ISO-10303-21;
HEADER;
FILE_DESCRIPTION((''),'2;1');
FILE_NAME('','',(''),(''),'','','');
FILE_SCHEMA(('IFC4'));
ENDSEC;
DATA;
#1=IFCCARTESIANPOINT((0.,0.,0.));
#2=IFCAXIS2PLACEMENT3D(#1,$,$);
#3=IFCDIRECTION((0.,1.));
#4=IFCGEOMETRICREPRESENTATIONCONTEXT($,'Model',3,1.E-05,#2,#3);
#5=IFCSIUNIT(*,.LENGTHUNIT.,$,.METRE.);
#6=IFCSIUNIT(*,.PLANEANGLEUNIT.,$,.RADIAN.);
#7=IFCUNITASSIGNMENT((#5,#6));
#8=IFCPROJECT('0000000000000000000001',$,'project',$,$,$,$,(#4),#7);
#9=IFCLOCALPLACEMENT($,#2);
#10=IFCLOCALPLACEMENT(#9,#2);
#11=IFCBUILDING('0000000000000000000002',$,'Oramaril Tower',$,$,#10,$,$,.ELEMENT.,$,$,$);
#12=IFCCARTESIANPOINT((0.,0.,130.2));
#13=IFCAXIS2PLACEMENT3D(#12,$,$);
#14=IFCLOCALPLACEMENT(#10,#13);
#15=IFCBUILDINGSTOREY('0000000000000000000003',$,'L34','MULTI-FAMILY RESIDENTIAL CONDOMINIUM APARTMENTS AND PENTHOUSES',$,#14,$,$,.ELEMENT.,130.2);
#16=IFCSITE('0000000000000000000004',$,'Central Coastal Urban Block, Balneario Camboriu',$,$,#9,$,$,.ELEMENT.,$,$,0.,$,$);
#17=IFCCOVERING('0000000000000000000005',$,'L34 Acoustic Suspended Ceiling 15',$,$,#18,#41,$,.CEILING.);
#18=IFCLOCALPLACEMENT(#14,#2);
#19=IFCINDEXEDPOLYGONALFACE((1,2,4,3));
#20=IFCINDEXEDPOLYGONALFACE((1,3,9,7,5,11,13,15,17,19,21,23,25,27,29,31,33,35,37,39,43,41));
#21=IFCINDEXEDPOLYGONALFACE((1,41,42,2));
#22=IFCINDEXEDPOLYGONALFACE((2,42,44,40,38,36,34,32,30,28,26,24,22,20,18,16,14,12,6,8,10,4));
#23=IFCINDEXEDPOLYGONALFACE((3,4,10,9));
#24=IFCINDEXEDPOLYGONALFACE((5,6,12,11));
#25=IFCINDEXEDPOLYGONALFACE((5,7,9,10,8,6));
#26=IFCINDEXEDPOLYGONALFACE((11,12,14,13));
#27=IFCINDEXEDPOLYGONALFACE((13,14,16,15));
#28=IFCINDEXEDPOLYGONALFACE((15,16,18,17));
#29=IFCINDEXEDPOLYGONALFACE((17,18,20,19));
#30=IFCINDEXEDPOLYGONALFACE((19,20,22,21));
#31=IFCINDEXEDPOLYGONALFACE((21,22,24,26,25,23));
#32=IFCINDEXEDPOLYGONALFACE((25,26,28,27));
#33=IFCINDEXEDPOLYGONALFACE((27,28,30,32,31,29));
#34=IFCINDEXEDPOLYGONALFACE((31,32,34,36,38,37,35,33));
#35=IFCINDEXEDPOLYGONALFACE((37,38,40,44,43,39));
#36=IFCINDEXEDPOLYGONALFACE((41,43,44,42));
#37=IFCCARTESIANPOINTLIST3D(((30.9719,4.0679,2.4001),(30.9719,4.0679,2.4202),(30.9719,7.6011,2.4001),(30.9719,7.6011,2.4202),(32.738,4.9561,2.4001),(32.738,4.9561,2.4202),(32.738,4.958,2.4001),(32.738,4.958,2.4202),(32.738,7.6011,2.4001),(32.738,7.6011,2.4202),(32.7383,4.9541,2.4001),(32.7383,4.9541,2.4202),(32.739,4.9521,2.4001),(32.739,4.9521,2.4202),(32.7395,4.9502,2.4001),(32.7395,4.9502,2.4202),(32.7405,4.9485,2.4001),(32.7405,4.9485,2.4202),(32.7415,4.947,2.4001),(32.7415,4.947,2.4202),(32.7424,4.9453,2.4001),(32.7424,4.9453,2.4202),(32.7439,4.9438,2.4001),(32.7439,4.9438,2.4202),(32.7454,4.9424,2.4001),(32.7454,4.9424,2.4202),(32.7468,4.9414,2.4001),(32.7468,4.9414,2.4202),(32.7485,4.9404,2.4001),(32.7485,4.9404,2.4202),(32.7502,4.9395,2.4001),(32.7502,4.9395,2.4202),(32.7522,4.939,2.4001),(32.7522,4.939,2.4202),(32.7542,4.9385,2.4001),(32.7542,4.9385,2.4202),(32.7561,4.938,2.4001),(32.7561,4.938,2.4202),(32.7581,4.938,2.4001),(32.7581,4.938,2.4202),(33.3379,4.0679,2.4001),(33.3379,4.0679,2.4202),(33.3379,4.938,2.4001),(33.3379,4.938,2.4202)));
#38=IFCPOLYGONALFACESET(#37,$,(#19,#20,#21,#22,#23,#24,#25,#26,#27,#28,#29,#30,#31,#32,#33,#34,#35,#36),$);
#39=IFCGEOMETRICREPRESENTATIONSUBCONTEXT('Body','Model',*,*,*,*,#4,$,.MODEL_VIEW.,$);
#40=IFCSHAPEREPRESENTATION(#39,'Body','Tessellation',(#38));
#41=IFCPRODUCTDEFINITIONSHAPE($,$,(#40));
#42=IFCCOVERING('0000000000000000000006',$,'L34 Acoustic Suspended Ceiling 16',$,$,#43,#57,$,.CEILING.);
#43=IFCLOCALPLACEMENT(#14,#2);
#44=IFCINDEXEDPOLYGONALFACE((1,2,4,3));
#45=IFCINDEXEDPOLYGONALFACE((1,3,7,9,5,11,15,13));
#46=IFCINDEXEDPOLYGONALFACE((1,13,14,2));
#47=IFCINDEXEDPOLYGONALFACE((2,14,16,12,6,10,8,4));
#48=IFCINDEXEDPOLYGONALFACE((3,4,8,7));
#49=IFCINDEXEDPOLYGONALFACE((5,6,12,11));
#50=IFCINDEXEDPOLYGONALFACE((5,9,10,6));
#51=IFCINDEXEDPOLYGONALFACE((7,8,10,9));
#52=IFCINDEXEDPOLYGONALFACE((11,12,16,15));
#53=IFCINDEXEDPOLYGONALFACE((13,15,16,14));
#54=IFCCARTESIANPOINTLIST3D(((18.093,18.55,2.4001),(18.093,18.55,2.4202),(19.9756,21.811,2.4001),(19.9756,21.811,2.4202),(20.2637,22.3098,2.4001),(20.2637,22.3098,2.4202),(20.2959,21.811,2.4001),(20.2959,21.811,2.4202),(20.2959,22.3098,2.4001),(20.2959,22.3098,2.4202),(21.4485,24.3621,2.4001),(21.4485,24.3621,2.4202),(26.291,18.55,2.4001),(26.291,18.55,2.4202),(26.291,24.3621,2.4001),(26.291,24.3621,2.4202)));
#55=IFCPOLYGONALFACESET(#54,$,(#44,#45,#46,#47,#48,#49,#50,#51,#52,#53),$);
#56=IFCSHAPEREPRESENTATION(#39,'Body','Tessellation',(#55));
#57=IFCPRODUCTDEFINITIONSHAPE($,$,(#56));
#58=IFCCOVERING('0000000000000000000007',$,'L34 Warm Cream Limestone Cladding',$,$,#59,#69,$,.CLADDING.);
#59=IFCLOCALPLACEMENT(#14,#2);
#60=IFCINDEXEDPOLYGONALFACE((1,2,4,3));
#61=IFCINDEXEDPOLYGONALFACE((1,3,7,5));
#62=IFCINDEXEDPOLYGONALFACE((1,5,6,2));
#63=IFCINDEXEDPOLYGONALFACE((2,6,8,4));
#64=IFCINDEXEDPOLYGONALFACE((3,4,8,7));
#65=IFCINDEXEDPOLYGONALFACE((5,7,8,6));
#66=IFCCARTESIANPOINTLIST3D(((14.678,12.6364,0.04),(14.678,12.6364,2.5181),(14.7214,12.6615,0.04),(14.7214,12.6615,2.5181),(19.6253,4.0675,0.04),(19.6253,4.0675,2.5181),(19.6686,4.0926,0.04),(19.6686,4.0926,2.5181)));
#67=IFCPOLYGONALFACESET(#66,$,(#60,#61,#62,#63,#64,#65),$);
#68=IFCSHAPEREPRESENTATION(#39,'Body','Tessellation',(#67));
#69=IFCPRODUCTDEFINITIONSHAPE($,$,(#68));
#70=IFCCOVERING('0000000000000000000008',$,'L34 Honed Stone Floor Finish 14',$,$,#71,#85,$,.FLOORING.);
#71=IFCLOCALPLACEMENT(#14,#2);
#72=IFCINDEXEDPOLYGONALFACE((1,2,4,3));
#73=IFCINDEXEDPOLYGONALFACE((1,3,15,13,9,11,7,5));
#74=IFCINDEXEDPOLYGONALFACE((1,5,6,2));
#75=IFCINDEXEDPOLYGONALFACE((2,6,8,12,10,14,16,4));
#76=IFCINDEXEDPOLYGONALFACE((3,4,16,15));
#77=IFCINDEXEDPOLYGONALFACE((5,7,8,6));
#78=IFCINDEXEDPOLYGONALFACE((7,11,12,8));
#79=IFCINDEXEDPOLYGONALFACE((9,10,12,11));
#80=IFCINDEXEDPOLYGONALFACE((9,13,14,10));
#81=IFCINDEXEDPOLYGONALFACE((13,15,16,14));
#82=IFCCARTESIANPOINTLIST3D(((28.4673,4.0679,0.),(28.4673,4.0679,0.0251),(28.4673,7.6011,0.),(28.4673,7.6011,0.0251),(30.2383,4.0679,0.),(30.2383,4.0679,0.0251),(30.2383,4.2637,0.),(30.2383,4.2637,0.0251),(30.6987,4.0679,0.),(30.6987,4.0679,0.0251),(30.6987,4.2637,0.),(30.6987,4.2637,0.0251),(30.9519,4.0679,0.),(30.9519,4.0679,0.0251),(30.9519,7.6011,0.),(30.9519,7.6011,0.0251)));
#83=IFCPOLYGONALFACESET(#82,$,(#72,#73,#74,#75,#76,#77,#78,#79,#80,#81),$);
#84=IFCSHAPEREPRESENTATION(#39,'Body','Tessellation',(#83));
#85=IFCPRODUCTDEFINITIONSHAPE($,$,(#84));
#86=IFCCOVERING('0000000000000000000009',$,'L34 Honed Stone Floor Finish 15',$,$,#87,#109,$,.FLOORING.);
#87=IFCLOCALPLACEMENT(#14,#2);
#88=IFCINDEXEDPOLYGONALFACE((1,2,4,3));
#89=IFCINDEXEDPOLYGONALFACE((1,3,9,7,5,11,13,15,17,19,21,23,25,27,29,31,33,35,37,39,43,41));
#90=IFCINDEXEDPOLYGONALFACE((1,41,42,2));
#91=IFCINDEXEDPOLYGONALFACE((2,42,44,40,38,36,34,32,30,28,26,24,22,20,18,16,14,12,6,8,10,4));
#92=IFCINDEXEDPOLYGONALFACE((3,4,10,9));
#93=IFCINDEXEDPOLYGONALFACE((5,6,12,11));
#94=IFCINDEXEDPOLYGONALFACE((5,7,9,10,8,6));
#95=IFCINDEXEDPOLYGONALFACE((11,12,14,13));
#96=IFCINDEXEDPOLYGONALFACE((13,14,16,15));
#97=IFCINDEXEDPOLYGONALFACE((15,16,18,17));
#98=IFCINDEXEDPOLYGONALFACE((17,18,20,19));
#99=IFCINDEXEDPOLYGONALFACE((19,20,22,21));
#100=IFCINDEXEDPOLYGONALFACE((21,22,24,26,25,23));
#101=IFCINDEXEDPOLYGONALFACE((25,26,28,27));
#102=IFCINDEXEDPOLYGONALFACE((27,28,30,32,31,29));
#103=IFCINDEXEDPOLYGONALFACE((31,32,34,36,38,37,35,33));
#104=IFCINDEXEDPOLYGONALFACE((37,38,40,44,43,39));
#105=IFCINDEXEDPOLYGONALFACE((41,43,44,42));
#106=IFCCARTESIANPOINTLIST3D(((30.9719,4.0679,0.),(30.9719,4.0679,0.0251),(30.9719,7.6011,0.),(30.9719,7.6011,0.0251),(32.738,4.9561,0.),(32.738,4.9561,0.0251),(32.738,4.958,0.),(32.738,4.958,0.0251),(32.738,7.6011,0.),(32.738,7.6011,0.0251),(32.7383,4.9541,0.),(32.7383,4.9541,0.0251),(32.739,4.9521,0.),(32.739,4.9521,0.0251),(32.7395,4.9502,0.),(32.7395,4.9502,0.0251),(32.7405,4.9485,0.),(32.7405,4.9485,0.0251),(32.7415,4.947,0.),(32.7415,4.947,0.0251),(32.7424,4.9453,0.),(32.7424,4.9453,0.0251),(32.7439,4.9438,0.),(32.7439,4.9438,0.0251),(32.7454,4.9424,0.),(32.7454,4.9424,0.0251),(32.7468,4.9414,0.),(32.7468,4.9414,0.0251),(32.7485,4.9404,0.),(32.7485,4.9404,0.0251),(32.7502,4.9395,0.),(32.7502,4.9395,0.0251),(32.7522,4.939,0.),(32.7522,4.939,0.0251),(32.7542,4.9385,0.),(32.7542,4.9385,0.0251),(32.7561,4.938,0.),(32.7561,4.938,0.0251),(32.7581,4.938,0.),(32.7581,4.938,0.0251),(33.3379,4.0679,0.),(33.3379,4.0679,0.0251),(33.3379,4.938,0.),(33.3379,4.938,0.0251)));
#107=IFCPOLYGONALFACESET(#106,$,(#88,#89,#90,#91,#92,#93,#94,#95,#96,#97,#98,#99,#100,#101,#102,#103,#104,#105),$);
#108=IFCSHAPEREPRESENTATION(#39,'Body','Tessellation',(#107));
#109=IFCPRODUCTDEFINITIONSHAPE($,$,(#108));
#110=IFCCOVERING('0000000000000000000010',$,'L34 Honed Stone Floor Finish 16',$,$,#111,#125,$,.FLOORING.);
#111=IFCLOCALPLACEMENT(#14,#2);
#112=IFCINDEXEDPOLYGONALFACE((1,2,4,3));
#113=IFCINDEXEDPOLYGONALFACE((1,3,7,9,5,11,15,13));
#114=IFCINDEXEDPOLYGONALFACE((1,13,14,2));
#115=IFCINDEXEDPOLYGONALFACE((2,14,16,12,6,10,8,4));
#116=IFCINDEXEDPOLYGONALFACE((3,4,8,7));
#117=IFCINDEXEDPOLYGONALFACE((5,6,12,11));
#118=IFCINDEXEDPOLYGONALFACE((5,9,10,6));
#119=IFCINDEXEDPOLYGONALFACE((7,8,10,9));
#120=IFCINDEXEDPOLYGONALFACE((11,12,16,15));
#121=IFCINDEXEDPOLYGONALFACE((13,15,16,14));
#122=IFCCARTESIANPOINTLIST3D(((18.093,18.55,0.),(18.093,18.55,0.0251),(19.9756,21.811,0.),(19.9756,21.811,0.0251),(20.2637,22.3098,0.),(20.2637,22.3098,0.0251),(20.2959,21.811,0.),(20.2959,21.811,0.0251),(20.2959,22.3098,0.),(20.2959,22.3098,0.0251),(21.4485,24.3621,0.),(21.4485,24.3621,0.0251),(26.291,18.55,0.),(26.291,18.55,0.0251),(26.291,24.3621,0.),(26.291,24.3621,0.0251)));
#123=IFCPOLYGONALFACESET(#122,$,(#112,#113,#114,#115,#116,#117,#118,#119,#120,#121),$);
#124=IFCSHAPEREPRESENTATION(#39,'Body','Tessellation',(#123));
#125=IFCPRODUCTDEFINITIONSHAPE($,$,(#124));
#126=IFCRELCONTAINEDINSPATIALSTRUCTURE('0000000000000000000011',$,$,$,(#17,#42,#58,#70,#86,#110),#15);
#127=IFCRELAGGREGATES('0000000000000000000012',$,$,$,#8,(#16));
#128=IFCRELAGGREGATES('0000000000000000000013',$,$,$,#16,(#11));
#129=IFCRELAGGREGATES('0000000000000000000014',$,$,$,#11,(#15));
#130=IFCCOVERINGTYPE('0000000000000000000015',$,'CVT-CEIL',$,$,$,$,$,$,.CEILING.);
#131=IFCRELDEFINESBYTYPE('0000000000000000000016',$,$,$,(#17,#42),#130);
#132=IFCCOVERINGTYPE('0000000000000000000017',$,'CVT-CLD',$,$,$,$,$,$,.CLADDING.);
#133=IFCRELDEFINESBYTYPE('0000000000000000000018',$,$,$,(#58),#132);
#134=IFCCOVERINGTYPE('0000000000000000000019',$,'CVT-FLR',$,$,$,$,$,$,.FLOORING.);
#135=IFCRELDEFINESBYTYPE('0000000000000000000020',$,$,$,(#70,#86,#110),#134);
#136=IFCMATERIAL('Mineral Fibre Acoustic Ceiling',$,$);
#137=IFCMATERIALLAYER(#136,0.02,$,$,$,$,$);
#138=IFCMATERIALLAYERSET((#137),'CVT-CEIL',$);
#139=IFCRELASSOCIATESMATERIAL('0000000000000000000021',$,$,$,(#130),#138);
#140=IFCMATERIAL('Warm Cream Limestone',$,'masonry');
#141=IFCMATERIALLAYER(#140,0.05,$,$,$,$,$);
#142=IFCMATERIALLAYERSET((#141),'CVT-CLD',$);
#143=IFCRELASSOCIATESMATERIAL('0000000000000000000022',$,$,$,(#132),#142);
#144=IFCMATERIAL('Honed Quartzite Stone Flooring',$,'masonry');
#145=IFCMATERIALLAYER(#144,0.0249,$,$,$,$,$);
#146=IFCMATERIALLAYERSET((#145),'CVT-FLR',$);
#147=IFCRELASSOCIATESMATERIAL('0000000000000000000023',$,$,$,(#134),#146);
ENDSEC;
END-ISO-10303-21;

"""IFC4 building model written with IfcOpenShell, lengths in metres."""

from ifc_helpers import new_model, si_unit, direction, frame, origin, origin_2d, place, context, subcontext, project, spatial, polyline, rectangle, outline, extrude, material, layer, layer_set, type_object, element, save


model = new_model("IFC4")

# Units and contexts
model_context = context("Model", 3, precision=1e-05, world=origin(), true_north=direction((0.0, 1.0)))
body_context = subcontext(model_context, "Body", "Model", "MODEL_VIEW")
ifc_project = project(units=[si_unit("LENGTHUNIT", "METRE"), si_unit("PLANEANGLEUNIT", "RADIAN")], contexts=[model_context])

# Site, building, storey
site_placement = place(None, origin())
site = spatial("IfcSite", under=ifc_project, at=site_placement, Name="Central Coastal Urban Block, Balneario Camboriu", CompositionType="ELEMENT", RefElevation=0.0)
building_placement = place(site_placement, origin())
building = spatial("IfcBuilding", under=site, at=building_placement, Name="Oramaril Tower", CompositionType="ELEMENT")
storey_placement = place(building_placement, frame((0.0, 0.0, 130.2)))
storey = spatial("IfcBuildingStorey", under=building, at=storey_placement, Name="L34", Description="MULTI-FAMILY RESIDENTIAL CONDOMINIUM APARTMENTS AND PENTHOUSES", CompositionType="ELEMENT", Elevation=130.2)

# Coverings
ifc_material_1 = material(Name="Mineral Fibre Acoustic Ceiling")
ifc_layer_1 = layer(ifc_material_1, 0.02)
ifc_layer_set_1 = layer_set([ifc_layer_1], Name="CVT-CEIL")
covering_type_1 = type_object("IfcCoveringType", Name="CVT-CEIL", PredefinedType="CEILING", material=ifc_layer_set_1)
covering_1_placement = place(storey_placement, frame((0.0, 0.0, 2.4001)))
element("IfcCovering", 1, at=covering_1_placement, inside=storey, type_object=covering_type_1, Name="L34 Acoustic Suspended Ceiling 15", PredefinedType="CEILING", context=body_context, shape_type="SweptSolid", body=[
    extrude(outline(polyline([(30.9719, 4.0679), (30.9719, 7.6011), (32.738, 7.6011), (32.738, 4.958), (32.738, 4.9561), (32.7383, 4.9541), (32.739, 4.9521), (32.7395, 4.9502), (32.7405, 4.9485), (32.7415, 4.947), (32.7424, 4.9453), (32.7439, 4.9438), (32.7454, 4.9424), (32.7468, 4.9414), (32.7485, 4.9404), (32.7502, 4.9395), (32.7522, 4.939), (32.7542, 4.9385), (32.7561, 4.938), (32.7581, 4.938), (33.3379, 4.938), (33.3379, 4.0679), (30.9719, 4.0679)])), origin(), (0.0, 0.0, 1.0), 0.02),
])
covering_2_placement = place(storey_placement, frame((0.0, 0.0, 2.4001)))
element("IfcCovering", 2, at=covering_2_placement, inside=storey, type_object=covering_type_1, Name="L34 Acoustic Suspended Ceiling 16", PredefinedType="CEILING", context=body_context, shape_type="SweptSolid", body=[
    extrude(outline(polyline([(20.2959, 21.811), (20.2959, 22.3098), (20.2637, 22.3098), (21.4485, 24.3621), (26.291, 24.3621), (26.291, 18.55), (18.093, 18.55), (19.9756, 21.811), (20.2959, 21.811)])), origin(), (0.0, 0.0, 1.0), 0.02),
])
ifc_material_2 = material(Name="Warm Cream Limestone", Category="masonry")
ifc_layer_2 = layer(ifc_material_2, 0.05)
ifc_layer_set_2 = layer_set([ifc_layer_2], Name="CVT-CLD")
covering_type_2 = type_object("IfcCoveringType", Name="CVT-CLD", PredefinedType="CLADDING", material=ifc_layer_set_2)
covering_3_placement = place(storey_placement, frame((17.1733, 8.3645, 0.04), z_axis=(0.0, 0.0, 1.0), x_axis=(0.5, -0.866025, 0.0)))
element("IfcCovering", 3, at=covering_3_placement, inside=storey, type_object=covering_type_2, Name="L34 Warm Cream Limestone Cladding", PredefinedType="CLADDING", context=body_context, shape_type="SweptSolid", body=[
    extrude(rectangle(XDim=9.8945, YDim=0.05, at=origin_2d()), origin(), (0.0, 0.0, 1.0), 2.478),
])
ifc_material_3 = material(Name="Honed Quartzite Stone Flooring", Category="masonry")
ifc_layer_3 = layer(ifc_material_3, 0.0249)
ifc_layer_set_3 = layer_set([ifc_layer_3], Name="CVT-FLR")
covering_type_3 = type_object("IfcCoveringType", Name="CVT-FLR", PredefinedType="FLOORING", material=ifc_layer_set_3)
covering_4_placement = place(storey_placement, origin())
element("IfcCovering", 4, at=covering_4_placement, inside=storey, type_object=covering_type_3, Name="L34 Honed Stone Floor Finish 14", PredefinedType="FLOORING", context=body_context, shape_type="SweptSolid", body=[
    extrude(outline(polyline([(30.6987, 4.0679), (30.6987, 4.2637), (30.2383, 4.2637), (30.2383, 4.0679), (28.4673, 4.0679), (28.4673, 7.6011), (30.9519, 7.6011), (30.9519, 4.0679), (30.6987, 4.0679)])), origin(), (0.0, 0.0, 1.0), 0.0251),
])
covering_5_placement = place(storey_placement, origin())
element("IfcCovering", 5, at=covering_5_placement, inside=storey, type_object=covering_type_3, Name="L34 Honed Stone Floor Finish 15", PredefinedType="FLOORING", context=body_context, shape_type="SweptSolid", body=[
    extrude(outline(polyline([(30.9719, 4.0679), (30.9719, 7.6011), (32.738, 7.6011), (32.738, 4.958), (32.738, 4.9561), (32.7383, 4.9541), (32.739, 4.9521), (32.7395, 4.9502), (32.7405, 4.9485), (32.7415, 4.947), (32.7424, 4.9453), (32.7439, 4.9438), (32.7454, 4.9424), (32.7468, 4.9414), (32.7485, 4.9404), (32.7502, 4.9395), (32.7522, 4.939), (32.7542, 4.9385), (32.7561, 4.938), (32.7581, 4.938), (33.3379, 4.938), (33.3379, 4.0679), (30.9719, 4.0679)])), origin(), (0.0, 0.0, 1.0), 0.0251),
])
covering_6_placement = place(storey_placement, origin())
element("IfcCovering", 6, at=covering_6_placement, inside=storey, type_object=covering_type_3, Name="L34 Honed Stone Floor Finish 16", PredefinedType="FLOORING", context=body_context, shape_type="SweptSolid", body=[
    extrude(outline(polyline([(20.2959, 21.811), (20.2959, 22.3098), (20.2637, 22.3098), (21.4485, 24.3621), (26.291, 24.3621), (26.291, 18.55), (18.093, 18.55), (19.9756, 21.811), (20.2959, 21.811)])), origin(), (0.0, 0.0, 1.0), 0.0251),
])

save(model, "model.ifc")
